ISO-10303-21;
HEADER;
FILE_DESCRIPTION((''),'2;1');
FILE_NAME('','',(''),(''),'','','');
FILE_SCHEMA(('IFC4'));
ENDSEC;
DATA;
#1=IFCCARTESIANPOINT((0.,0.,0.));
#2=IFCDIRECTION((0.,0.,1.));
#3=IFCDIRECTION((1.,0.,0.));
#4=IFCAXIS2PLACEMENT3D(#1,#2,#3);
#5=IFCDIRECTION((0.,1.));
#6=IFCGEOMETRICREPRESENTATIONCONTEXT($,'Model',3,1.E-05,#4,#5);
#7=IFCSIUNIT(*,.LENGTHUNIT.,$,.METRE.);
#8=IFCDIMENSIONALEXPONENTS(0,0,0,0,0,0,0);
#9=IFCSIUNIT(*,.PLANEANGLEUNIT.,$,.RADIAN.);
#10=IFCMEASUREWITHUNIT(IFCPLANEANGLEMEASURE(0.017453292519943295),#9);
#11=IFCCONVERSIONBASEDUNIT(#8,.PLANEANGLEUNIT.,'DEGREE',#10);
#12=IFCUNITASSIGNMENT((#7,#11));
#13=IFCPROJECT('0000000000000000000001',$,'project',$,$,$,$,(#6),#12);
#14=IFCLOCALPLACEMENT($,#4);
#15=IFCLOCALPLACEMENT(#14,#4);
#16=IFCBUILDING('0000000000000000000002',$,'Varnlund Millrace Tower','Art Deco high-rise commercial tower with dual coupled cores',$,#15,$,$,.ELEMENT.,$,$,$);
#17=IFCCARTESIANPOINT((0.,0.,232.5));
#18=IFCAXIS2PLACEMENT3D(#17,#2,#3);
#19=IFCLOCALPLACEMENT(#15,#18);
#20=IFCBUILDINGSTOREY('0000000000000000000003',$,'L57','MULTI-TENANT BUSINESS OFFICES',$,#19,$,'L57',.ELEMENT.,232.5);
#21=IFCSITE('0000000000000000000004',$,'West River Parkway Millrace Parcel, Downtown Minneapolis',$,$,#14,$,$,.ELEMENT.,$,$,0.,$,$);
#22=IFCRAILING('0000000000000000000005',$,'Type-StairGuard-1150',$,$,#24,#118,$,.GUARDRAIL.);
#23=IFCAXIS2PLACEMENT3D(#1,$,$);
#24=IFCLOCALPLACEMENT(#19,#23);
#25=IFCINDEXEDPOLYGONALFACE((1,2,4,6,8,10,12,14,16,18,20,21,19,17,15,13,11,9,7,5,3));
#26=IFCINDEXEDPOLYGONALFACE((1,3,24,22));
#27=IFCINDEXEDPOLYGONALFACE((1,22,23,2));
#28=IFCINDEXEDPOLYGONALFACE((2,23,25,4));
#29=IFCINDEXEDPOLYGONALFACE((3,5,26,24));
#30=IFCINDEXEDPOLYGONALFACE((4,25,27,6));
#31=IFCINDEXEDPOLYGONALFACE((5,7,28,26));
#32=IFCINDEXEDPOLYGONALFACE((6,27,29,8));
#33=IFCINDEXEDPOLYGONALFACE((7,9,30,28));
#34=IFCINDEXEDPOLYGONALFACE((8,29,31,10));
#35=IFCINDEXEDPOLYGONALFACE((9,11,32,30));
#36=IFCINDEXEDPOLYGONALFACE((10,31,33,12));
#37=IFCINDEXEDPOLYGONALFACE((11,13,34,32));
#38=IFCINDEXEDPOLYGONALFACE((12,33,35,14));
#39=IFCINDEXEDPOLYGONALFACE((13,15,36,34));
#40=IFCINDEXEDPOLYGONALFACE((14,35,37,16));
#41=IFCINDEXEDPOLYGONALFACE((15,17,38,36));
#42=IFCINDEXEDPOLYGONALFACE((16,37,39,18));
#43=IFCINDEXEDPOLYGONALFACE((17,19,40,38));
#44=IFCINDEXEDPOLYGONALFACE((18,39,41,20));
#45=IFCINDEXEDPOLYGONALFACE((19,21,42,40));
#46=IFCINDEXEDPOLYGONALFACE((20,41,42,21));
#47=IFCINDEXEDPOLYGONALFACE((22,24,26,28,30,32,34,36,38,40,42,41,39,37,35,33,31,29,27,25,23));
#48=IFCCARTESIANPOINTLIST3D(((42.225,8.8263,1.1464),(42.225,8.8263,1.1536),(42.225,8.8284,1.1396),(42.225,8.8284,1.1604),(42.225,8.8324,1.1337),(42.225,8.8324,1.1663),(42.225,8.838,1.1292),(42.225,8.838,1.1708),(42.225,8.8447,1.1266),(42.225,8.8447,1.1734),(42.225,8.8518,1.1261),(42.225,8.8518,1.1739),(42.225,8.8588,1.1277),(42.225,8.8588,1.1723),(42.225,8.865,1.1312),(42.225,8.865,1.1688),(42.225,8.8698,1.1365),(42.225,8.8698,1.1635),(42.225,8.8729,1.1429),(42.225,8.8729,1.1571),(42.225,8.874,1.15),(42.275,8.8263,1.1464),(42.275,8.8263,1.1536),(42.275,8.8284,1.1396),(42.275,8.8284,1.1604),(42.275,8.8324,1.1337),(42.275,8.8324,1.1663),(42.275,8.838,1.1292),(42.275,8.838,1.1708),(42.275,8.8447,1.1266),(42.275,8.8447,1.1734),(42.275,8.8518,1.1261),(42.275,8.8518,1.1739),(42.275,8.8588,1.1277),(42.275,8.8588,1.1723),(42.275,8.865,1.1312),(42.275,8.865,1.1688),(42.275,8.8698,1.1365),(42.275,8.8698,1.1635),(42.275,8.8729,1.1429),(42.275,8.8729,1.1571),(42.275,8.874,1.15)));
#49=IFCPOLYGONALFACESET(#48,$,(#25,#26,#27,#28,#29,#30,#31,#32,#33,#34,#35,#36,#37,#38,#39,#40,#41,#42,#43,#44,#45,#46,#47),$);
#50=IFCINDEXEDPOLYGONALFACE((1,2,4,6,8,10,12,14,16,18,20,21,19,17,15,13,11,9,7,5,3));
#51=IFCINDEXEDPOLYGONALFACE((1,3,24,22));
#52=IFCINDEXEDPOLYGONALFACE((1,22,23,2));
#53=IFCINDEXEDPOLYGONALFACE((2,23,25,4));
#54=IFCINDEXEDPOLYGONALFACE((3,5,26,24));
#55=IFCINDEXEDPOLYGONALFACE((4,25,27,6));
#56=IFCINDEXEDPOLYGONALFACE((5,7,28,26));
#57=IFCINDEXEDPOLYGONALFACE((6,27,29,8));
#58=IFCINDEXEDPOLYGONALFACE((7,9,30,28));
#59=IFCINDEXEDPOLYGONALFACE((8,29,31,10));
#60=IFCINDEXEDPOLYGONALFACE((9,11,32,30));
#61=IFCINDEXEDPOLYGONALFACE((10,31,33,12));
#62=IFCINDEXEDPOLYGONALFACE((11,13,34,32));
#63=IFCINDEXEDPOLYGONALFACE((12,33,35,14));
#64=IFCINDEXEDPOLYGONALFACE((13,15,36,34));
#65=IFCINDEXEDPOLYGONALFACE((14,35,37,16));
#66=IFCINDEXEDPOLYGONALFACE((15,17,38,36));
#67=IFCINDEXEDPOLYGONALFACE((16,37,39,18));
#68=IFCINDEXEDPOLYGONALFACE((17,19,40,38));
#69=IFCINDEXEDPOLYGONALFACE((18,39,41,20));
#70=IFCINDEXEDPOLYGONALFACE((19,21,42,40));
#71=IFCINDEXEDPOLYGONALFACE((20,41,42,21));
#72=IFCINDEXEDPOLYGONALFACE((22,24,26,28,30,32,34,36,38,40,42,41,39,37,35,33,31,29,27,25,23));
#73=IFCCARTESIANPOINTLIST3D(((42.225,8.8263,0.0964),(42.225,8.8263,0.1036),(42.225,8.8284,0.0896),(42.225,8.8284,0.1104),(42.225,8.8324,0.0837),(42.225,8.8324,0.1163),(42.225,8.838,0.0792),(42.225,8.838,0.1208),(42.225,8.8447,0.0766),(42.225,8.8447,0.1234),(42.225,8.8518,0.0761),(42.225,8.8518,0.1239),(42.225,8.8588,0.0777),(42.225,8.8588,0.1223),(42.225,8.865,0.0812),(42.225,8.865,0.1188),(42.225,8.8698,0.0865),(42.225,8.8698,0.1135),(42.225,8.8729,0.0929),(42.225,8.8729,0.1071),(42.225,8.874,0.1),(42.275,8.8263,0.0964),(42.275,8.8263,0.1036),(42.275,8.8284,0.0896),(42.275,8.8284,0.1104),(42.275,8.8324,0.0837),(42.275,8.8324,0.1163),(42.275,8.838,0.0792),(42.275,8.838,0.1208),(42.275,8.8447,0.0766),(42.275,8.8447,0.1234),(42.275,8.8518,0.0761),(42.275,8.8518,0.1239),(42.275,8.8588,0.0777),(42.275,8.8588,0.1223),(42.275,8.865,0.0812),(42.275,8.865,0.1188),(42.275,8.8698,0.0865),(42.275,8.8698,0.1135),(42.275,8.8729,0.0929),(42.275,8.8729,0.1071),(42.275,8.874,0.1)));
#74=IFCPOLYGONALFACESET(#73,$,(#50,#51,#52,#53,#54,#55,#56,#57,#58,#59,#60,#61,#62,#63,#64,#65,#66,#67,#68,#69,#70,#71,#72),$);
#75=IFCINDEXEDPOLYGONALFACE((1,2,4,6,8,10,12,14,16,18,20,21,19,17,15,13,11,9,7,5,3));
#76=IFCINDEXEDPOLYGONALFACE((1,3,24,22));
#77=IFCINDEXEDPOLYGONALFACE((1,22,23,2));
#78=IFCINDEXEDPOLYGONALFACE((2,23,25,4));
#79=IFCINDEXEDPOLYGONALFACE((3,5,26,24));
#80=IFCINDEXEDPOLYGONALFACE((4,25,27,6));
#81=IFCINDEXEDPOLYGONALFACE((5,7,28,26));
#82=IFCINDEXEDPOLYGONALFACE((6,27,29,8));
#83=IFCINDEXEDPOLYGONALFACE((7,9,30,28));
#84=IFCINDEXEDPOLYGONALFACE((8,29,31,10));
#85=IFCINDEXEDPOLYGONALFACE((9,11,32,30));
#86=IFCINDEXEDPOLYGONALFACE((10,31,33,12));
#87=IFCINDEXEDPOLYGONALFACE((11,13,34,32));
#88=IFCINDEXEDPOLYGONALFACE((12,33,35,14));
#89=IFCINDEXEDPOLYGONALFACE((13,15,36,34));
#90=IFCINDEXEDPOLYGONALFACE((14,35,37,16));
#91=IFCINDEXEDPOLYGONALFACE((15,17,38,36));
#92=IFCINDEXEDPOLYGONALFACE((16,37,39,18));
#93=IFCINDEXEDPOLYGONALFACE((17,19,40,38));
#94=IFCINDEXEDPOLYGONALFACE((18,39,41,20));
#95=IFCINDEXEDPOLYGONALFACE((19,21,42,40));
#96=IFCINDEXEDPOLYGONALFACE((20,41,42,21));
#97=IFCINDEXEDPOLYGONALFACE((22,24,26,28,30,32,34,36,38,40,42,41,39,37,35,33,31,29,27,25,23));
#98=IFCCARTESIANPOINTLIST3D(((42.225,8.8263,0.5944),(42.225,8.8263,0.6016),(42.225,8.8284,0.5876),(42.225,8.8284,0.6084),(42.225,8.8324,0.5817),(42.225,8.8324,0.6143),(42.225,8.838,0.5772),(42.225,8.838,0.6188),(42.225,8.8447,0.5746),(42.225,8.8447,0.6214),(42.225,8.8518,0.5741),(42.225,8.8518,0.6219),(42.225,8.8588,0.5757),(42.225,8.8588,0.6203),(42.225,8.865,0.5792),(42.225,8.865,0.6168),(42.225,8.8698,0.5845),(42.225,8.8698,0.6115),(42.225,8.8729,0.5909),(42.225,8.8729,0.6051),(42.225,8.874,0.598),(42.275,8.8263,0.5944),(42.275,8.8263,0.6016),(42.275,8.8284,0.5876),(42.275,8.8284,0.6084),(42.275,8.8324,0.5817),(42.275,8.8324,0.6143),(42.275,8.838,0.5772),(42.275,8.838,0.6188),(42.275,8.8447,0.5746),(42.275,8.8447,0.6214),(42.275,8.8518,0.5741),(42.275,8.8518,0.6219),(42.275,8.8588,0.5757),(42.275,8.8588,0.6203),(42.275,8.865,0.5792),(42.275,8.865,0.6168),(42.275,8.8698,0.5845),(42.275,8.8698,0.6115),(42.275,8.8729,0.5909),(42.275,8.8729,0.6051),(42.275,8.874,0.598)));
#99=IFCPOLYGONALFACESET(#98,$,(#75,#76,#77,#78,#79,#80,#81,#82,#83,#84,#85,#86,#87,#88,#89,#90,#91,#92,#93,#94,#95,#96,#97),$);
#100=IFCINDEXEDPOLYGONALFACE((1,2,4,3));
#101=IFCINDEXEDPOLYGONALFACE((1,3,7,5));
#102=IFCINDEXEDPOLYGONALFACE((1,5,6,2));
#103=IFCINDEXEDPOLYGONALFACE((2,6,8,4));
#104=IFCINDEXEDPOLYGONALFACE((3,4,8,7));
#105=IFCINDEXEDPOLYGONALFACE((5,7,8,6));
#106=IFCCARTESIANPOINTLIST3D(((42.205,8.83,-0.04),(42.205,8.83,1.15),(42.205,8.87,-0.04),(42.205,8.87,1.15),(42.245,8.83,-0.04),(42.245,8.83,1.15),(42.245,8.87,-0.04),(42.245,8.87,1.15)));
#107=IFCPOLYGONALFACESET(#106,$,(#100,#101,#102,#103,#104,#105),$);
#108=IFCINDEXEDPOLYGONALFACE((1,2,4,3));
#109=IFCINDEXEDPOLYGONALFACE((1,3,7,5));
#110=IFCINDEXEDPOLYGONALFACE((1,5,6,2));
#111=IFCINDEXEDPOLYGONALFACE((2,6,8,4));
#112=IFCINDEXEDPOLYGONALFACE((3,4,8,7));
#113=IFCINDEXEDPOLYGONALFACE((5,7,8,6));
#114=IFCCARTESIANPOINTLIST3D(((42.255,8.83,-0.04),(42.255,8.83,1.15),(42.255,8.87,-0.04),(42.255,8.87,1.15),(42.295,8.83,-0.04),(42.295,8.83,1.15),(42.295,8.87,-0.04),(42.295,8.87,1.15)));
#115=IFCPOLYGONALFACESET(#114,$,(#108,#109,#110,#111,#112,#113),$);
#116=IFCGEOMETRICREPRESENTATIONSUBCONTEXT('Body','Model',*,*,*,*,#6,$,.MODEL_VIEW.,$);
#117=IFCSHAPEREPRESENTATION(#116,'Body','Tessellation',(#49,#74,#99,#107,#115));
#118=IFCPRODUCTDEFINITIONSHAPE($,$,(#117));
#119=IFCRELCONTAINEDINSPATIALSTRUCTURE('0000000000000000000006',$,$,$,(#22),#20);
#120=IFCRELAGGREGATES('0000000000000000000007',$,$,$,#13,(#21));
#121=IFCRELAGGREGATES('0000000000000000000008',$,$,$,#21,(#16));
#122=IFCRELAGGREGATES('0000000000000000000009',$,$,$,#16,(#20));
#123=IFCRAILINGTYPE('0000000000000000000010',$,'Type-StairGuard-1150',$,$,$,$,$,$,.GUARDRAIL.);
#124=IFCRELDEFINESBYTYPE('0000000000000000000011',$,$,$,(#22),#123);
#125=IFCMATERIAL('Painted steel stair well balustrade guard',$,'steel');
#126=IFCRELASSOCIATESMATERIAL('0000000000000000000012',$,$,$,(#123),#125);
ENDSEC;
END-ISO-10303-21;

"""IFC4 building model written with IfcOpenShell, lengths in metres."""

from ifc_helpers import new_model, entity, si_unit, converted_unit, direction, frame, origin_with_axes, origin_2d_with_axis, place, context, subcontext, project, spatial, rectangle, circle, extrude, material, type_object, element, save


model = new_model("IFC4")

# Units and contexts
model_context = context("Model", 3, precision=1e-05, world=origin_with_axes(), true_north=direction((0.0, 1.0)))
body_context = subcontext(model_context, "Body", "Model", "MODEL_VIEW")
ifc_project = project(units=[si_unit("LENGTHUNIT", "METRE"), converted_unit("PLANEANGLEUNIT", "DEGREE", entity("IfcPlaneAngleMeasure", 0.017453292519943295), si_unit("PLANEANGLEUNIT", "RADIAN"), dimensions=[0, 0, 0, 0, 0, 0, 0])], contexts=[model_context])

# Site, building, storey
site_placement = place(None, origin_with_axes())
site = spatial("IfcSite", under=ifc_project, at=site_placement, Name="West River Parkway Millrace Parcel, Downtown Minneapolis", CompositionType="ELEMENT", RefElevation=0.0)
building_placement = place(site_placement, origin_with_axes())
building = spatial("IfcBuilding", under=site, at=building_placement, Name="Varnlund Millrace Tower", Description="Art Deco high-rise commercial tower with dual coupled cores", CompositionType="ELEMENT")
storey_placement = place(building_placement, frame((0.0, 0.0, 232.5), z_axis=(0.0, 0.0, 1.0), x_axis=(1.0, 0.0, 0.0)))
storey = spatial("IfcBuildingStorey", under=building, at=storey_placement, Name="L57", Description="MULTI-TENANT BUSINESS OFFICES", LongName="L57", CompositionType="ELEMENT", Elevation=232.5)

# Railing
ifc_material_1 = material(Name="Painted steel stair well balustrade guard", Category="steel")
railing_type_1 = type_object("IfcRailingType", Name="Type-StairGuard-1150", PredefinedType="GUARDRAIL", material=ifc_material_1)
railing_1_placement = place(storey_placement, frame((0.0, 0.0, -232.5), z_axis=(0.0, 0.0, 1.0), x_axis=(1.0, 0.0, 0.0)))
element("IfcRailing", 1, at=railing_1_placement, inside=storey, type_object=railing_type_1, Name="Type-StairGuard-1150", PredefinedType="GUARDRAIL", context=body_context, shape_type="SweptSolid", body=[
    extrude(circle(Radius=0.024, at=origin_2d_with_axis()), frame((42.225, 8.85, 233.65), z_axis=(1.0, 0.0, 0.0), x_axis=(0.0, 1.0, 0.0)), (0.0, 0.0, 1.0), 0.05),
    extrude(circle(Radius=0.024, at=origin_2d_with_axis()), frame((42.225, 8.85, 232.6), z_axis=(1.0, 0.0, 0.0), x_axis=(0.0, 1.0, 0.0)), (0.0, 0.0, 1.0), 0.05),
    extrude(circle(Radius=0.024, at=origin_2d_with_axis()), frame((42.225, 8.85, 233.098), z_axis=(1.0, 0.0, 0.0), x_axis=(0.0, 1.0, 0.0)), (0.0, 0.0, 1.0), 0.05),
    extrude(rectangle(XDim=0.04, YDim=0.04, at=origin_2d_with_axis()), frame((42.225, 8.85, 232.46), z_axis=(0.0, 0.0, 1.0), x_axis=(1.0, 0.0, 0.0)), (0.0, 0.0, 1.0), 1.19),
    extrude(rectangle(XDim=0.04, YDim=0.04, at=origin_2d_with_axis()), frame((42.275, 8.85, 232.46), z_axis=(0.0, 0.0, 1.0), x_axis=(1.0, 0.0, 0.0)), (0.0, 0.0, 1.0), 1.19),
])

save(model, "model.ifc")
